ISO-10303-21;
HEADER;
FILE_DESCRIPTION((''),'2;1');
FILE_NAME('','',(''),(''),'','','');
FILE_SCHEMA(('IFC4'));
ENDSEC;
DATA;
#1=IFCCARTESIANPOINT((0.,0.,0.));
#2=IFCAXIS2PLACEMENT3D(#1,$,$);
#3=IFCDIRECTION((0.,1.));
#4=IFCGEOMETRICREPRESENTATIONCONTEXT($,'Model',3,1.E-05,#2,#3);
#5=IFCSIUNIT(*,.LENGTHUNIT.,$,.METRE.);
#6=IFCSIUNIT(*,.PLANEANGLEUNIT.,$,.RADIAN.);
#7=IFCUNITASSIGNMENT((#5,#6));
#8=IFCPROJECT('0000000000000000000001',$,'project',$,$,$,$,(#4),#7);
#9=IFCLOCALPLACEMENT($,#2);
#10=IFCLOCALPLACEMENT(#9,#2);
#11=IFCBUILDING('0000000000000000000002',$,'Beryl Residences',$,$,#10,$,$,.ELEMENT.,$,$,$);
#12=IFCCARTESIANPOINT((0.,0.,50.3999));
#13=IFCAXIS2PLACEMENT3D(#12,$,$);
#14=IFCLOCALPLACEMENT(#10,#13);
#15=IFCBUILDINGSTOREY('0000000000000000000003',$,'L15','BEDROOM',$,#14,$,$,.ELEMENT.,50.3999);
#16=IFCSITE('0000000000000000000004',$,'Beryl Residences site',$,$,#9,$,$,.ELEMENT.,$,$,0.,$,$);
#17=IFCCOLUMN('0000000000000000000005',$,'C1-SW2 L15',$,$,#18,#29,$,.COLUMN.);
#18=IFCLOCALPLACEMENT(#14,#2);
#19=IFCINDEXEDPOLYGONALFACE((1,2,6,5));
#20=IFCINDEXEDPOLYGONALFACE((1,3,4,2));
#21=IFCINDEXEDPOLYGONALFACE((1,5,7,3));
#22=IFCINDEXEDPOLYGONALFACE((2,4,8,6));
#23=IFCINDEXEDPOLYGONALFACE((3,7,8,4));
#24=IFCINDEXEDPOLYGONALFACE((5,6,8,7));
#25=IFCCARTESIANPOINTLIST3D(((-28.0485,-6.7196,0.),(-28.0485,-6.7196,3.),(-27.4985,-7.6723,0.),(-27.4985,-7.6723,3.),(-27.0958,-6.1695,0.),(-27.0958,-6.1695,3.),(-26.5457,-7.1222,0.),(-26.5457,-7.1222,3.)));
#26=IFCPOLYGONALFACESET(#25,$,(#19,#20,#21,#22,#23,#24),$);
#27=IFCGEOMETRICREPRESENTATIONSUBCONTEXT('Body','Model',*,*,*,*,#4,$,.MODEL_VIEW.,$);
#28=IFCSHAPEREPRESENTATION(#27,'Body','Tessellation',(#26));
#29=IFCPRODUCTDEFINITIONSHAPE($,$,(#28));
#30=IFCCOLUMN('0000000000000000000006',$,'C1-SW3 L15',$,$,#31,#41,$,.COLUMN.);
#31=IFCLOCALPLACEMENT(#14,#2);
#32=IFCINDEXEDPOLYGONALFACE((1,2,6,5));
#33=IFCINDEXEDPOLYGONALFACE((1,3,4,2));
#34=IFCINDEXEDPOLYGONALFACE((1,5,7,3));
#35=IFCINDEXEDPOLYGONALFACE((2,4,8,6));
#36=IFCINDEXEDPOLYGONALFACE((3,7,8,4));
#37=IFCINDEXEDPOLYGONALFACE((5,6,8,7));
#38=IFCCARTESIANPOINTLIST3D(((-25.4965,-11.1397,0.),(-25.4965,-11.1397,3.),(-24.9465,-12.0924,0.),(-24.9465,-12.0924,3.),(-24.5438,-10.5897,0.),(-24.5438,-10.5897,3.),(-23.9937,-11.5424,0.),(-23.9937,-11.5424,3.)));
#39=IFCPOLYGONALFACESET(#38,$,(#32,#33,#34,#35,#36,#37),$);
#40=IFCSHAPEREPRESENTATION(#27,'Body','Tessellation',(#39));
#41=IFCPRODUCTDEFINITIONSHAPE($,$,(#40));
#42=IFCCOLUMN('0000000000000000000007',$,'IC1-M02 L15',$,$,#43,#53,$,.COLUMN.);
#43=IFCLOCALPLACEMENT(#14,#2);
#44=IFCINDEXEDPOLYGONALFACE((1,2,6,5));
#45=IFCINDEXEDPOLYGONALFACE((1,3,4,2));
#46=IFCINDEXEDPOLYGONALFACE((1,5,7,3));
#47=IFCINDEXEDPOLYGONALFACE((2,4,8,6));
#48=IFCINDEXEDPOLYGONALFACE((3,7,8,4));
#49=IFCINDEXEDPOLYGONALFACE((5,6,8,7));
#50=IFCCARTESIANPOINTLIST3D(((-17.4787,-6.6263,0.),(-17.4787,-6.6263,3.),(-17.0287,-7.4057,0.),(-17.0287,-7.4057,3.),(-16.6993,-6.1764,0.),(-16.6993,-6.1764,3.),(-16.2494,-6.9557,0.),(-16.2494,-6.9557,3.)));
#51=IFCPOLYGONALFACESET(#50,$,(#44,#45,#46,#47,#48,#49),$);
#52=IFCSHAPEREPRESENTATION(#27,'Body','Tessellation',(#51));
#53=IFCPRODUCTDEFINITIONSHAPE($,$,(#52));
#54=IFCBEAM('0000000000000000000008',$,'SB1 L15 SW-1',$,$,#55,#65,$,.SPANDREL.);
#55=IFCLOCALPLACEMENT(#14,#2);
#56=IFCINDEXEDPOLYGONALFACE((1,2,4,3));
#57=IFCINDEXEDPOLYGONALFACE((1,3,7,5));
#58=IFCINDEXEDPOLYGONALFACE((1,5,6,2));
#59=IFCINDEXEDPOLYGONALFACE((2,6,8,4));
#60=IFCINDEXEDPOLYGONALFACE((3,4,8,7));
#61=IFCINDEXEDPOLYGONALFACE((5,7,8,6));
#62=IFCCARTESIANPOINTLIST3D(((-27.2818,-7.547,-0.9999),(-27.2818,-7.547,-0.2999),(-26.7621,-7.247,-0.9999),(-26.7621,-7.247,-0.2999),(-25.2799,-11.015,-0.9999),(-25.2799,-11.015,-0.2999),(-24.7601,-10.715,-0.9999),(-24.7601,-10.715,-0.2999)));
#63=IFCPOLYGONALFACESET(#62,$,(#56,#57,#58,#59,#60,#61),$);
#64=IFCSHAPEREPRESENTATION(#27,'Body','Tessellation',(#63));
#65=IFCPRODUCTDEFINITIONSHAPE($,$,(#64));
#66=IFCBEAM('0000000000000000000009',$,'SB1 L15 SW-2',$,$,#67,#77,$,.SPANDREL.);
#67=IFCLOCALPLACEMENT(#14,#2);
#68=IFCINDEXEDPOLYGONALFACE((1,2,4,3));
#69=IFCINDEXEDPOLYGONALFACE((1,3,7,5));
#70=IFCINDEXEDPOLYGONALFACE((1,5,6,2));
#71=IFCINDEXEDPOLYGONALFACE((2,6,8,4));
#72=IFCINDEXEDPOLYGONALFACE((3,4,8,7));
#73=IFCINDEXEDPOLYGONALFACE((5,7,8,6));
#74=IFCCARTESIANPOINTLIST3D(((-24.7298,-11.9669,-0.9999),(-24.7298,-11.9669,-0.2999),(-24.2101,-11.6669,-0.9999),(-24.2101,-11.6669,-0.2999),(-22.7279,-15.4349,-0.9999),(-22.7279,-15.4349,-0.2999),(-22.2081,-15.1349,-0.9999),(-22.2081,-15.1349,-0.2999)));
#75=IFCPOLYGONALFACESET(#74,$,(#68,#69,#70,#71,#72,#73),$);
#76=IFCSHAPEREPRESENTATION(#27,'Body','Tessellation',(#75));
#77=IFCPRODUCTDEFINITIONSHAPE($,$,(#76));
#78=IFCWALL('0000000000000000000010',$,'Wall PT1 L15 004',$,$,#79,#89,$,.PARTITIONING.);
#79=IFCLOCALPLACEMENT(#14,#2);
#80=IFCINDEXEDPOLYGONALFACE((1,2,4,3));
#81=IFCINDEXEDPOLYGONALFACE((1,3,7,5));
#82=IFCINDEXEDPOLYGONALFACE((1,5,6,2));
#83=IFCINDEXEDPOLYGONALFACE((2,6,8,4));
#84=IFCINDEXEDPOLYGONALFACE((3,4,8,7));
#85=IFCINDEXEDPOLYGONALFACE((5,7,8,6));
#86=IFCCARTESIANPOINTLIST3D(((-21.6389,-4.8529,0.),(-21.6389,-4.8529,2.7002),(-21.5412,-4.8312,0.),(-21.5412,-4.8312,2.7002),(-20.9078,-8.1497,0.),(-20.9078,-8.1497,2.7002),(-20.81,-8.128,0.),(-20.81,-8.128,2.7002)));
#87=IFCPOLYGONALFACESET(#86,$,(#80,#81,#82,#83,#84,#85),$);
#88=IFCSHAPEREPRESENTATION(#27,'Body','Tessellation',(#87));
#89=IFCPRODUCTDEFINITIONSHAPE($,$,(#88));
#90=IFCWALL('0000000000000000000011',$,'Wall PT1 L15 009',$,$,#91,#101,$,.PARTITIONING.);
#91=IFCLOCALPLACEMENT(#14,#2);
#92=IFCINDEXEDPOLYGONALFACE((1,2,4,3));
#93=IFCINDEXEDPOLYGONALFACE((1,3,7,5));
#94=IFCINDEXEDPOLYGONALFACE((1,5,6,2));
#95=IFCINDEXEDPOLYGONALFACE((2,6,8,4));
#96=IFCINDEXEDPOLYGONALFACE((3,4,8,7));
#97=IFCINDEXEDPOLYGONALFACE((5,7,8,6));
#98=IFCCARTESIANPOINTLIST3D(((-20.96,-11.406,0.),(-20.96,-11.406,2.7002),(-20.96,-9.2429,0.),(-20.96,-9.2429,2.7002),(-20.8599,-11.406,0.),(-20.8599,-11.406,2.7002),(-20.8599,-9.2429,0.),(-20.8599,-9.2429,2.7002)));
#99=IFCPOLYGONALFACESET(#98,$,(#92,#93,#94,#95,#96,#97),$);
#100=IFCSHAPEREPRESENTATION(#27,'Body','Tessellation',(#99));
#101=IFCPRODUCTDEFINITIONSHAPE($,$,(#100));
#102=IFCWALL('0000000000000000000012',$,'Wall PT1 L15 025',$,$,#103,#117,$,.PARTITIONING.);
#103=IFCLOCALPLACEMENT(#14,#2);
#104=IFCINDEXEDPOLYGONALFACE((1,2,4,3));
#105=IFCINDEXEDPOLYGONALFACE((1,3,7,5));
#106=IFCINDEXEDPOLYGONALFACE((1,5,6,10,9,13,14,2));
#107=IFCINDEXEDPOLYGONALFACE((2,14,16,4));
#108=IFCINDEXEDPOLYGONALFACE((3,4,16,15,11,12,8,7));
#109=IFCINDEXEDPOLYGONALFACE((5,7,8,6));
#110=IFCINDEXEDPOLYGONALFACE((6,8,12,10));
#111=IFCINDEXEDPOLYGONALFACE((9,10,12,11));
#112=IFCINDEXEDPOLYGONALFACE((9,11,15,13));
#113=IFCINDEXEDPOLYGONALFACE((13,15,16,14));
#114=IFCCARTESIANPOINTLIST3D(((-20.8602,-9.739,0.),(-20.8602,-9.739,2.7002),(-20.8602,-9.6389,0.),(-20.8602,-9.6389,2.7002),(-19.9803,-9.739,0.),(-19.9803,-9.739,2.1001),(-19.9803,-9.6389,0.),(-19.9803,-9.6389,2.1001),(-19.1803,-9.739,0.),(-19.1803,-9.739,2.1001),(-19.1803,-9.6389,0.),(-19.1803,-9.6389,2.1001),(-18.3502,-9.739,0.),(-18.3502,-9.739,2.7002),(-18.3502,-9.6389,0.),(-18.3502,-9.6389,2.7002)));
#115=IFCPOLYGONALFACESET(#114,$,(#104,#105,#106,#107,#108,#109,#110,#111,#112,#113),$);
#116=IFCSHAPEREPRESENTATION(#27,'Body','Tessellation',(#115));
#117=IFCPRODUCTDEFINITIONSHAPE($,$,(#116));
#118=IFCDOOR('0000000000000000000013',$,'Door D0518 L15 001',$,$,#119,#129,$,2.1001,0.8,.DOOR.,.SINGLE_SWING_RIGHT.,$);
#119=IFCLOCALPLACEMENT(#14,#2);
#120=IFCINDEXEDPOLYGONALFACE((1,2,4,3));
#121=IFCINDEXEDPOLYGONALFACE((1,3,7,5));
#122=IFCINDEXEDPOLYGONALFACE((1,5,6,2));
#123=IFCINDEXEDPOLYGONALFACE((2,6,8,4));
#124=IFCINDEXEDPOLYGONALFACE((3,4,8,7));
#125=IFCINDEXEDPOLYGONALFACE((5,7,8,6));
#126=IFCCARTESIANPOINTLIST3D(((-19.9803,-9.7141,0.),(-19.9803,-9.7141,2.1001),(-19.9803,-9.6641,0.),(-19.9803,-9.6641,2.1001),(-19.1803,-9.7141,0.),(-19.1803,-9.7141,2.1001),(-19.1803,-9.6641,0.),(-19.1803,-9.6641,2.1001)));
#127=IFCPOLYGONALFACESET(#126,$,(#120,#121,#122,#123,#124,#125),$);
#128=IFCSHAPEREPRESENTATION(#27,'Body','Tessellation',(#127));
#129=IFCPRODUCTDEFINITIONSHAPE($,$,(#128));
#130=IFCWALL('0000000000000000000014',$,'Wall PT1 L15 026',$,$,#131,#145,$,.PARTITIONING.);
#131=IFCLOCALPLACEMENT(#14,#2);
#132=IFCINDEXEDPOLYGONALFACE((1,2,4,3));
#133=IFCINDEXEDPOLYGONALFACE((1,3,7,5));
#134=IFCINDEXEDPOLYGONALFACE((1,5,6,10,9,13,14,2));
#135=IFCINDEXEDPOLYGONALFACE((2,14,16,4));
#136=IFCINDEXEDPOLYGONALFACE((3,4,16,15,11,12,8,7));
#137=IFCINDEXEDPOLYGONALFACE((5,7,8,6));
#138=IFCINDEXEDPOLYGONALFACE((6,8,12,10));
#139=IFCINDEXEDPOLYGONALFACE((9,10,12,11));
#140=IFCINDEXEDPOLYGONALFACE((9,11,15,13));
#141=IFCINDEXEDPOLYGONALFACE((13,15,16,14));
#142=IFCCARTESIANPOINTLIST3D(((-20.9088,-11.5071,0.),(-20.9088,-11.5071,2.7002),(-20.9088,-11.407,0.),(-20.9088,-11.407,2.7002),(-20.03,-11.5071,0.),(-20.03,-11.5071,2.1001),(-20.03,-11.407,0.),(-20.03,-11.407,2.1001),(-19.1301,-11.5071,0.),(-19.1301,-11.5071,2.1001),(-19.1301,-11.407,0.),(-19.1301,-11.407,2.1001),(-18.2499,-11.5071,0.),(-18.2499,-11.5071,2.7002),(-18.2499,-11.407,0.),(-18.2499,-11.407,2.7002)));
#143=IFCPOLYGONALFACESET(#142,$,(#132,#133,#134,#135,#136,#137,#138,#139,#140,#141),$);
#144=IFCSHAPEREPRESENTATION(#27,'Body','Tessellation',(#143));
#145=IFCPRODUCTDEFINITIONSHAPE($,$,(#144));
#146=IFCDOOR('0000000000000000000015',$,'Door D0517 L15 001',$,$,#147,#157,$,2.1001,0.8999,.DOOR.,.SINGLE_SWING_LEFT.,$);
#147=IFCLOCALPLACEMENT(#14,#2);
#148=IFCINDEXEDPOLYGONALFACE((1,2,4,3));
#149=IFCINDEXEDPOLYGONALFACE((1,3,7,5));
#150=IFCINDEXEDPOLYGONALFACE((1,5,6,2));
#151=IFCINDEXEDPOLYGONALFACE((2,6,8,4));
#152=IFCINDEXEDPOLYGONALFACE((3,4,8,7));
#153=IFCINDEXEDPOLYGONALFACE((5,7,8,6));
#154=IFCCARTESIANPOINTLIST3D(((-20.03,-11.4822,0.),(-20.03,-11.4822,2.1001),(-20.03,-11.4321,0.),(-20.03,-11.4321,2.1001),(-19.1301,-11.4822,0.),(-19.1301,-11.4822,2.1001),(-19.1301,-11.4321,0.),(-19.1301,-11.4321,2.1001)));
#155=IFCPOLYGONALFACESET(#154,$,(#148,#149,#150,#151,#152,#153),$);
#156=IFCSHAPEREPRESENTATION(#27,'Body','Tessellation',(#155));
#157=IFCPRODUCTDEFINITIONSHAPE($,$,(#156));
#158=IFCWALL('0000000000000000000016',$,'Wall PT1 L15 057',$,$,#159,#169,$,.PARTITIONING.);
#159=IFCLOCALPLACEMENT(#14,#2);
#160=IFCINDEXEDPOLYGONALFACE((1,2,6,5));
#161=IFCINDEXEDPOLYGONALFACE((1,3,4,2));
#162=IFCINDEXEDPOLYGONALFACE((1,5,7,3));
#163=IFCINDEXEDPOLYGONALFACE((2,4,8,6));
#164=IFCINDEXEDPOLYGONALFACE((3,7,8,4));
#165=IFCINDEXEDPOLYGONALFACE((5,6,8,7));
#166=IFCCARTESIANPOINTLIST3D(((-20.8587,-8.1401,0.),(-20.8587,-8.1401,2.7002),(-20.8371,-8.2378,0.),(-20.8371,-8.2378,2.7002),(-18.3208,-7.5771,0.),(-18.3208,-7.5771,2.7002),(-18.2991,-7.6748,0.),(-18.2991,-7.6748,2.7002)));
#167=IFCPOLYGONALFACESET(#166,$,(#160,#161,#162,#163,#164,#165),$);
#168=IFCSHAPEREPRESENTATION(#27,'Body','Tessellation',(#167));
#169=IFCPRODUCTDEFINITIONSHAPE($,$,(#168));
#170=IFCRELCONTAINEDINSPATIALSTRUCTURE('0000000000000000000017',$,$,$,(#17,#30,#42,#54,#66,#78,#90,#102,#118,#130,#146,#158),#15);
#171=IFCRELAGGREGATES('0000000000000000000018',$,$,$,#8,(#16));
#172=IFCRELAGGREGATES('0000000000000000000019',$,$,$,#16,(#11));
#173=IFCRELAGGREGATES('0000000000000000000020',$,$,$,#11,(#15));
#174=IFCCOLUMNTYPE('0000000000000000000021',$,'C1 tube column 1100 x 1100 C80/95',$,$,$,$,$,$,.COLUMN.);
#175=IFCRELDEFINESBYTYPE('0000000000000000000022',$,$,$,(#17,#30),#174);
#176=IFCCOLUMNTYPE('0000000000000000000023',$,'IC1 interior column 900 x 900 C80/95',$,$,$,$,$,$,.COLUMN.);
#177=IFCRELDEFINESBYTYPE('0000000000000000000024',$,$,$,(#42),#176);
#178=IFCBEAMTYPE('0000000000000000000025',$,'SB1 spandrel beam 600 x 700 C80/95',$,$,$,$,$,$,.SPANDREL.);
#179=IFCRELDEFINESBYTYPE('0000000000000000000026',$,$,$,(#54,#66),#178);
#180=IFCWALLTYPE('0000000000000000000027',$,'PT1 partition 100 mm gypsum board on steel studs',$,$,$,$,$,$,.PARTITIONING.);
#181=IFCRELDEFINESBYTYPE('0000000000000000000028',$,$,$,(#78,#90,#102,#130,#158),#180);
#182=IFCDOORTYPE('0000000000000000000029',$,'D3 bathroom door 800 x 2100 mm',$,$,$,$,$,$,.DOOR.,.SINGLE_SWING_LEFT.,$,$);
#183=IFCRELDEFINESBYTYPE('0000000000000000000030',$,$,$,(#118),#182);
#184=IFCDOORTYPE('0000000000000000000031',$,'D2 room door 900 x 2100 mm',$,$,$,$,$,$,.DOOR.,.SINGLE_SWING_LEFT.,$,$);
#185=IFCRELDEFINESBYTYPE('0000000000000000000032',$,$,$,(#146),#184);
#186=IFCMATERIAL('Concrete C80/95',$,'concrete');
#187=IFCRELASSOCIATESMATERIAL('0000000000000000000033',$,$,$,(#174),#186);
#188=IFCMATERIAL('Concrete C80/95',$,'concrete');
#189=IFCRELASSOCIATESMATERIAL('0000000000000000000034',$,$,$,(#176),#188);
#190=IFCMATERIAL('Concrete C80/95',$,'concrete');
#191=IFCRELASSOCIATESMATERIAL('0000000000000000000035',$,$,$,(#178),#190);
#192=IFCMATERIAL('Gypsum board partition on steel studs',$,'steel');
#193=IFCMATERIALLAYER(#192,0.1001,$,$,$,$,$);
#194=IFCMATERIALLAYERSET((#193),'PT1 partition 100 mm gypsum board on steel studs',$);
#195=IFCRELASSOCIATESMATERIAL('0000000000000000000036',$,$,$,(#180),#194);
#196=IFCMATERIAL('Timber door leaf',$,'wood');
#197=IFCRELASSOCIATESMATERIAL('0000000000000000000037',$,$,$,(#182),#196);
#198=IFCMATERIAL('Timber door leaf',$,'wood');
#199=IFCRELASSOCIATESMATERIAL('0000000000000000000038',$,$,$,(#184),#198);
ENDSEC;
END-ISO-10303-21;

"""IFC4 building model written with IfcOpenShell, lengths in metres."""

from ifc_helpers import new_model, si_unit, direction, frame, frame_2d, origin, origin_2d, place, context, subcontext, project, spatial, rectangle, extrude, material, layer, layer_set, material_profile, profile_set, type_object, element, fill, save


model = new_model("IFC4")

# Units and contexts
model_context = context("Model", 3, precision=1e-05, world=origin(), true_north=direction((0.0, 1.0)))
body_context = subcontext(model_context, "Body", "Model", "MODEL_VIEW")
ifc_project = project(units=[si_unit("LENGTHUNIT", "METRE"), si_unit("PLANEANGLEUNIT", "RADIAN")], contexts=[model_context])

# Site, building, storey
site_placement = place(None, origin())
site = spatial("IfcSite", under=ifc_project, at=site_placement, Name="Beryl Residences site", CompositionType="ELEMENT", RefElevation=0.0)
building_placement = place(site_placement, origin())
building = spatial("IfcBuilding", under=site, at=building_placement, Name="Beryl Residences", CompositionType="ELEMENT")
storey_placement = place(building_placement, frame((0.0, 0.0, 50.3999)))
storey = spatial("IfcBuildingStorey", under=building, at=storey_placement, Name="L15", Description="BEDROOM", CompositionType="ELEMENT", Elevation=50.3999)

# Columns
ifc_material_1 = material(Name="Concrete C80/95", Category="concrete")
ifc_material_profile_1 = material_profile(ifc_material_1, rectangle(XDim=1.1001, YDim=1.1001, at=origin_2d()))
ifc_profile_set_1 = profile_set([ifc_material_profile_1], Name="Concrete C80/95")
column_type_1 = type_object("IfcColumnType", Name="C1 tube column 1100 x 1100 C80/95", PredefinedType="COLUMN", material=ifc_profile_set_1)
for number, where, z_axis, x_axis, name in (
    (1, (-27.2971, -6.9209, 0.0), (0.0, 0.0, 1.0), (0.499985, -0.866034, 0.0), "C1-SW2 L15"),
    (2, (-24.7451, -11.3411, 0.0), (0.0, 0.0, 1.0), (0.499985, -0.866034, 0.0), "C1-SW3 L15"),
):
    element("IfcColumn", number, at=place(storey_placement, frame(where, z_axis=z_axis, x_axis=x_axis)), inside=storey, type_object=column_type_1, Name=name, PredefinedType="COLUMN", context=body_context, shape_type="SweptSolid", body=[
        extrude(rectangle(XDim=1.1001, YDim=1.1001, at=origin_2d()), origin(), (0.0, 0.0, 1.0), 3.0),
    ])
ifc_material_2 = material(Name="Concrete C80/95", Category="concrete")
ifc_material_profile_2 = material_profile(ifc_material_2, rectangle(XDim=0.8999, YDim=0.8999, at=origin_2d()))
ifc_profile_set_2 = profile_set([ifc_material_profile_2], Name="Concrete C80/95")
column_type_2 = type_object("IfcColumnType", Name="IC1 interior column 900 x 900 C80/95", PredefinedType="COLUMN", material=ifc_profile_set_2)
column_placement = place(storey_placement, frame((-16.864, -6.791, 0.0), z_axis=(0.0, 0.0, 1.0), x_axis=(0.499985, -0.866034, 0.0)))
element("IfcColumn", 3, at=column_placement, inside=storey, type_object=column_type_2, Name="IC1-M02 L15", PredefinedType="COLUMN", context=body_context, shape_type="SweptSolid", body=[
    extrude(rectangle(XDim=0.8999, YDim=0.8999, at=origin_2d()), origin(), (0.0, 0.0, 1.0), 3.0),
])

# Beams
ifc_material_3 = material(Name="Concrete C80/95", Category="concrete")
ifc_material_profile_3 = material_profile(ifc_material_3, rectangle(XDim=0.6001, YDim=0.7, at=origin_2d()))
ifc_profile_set_3 = profile_set([ifc_material_profile_3], Name="Concrete C80/95")
beam_type = type_object("IfcBeamType", Name="SB1 spandrel beam 600 x 700 C80/95", PredefinedType="SPANDREL", material=ifc_profile_set_3)
for number, where, z_axis, x_axis, name in (
    (4, (-27.022, -7.397, -0.6499), (0.499942, -0.866059, 0.0), (0.866059, 0.499942, 0.0), "SB1 L15 SW-1"),
    (5, (-24.47, -11.8169, -0.6499), (0.499942, -0.866059, 0.0), (0.866059, 0.499942, 0.0), "SB1 L15 SW-2"),
):
    element("IfcBeam", number, at=place(storey_placement, frame(where, z_axis=z_axis, x_axis=x_axis)), inside=storey, type_object=beam_type, Name=name, PredefinedType="SPANDREL", context=body_context, shape_type="SweptSolid", body=[
        extrude(rectangle(XDim=0.6001, YDim=0.7, at=origin_2d()), origin(), (0.0, 0.0, 1.0), 4.0044),
    ])

# Walls
ifc_material_4 = material(Name="Gypsum board partition on steel studs", Category="steel")
ifc_layer_1 = layer(ifc_material_4, 0.1001)
ifc_layer_set_1 = layer_set([ifc_layer_1], Name="PT1 partition 100 mm gypsum board on steel studs")
wall_type_1 = type_object("IfcWallType", Name="PT1 partition 100 mm gypsum board on steel studs", PredefinedType="PARTITIONING", material=ifc_layer_set_1)
wall_1_placement = place(storey_placement, frame((-21.5901, -4.842, 0.0), z_axis=(0.0, 0.0, 1.0), x_axis=(0.216525, -0.976277, 0.0)))
element("IfcWall", 6, at=wall_1_placement, inside=storey, type_object=wall_type_1, Name="Wall PT1 L15 004", PredefinedType="PARTITIONING", context=body_context, shape_type="SweptSolid", body=[
    extrude(rectangle(XDim=3.377, YDim=0.1001, at=frame_2d((1.6885, 0.0))), origin(), (0.0, 0.0, 1.0), 2.7002),
])
wall_2_placement = place(storey_placement, frame((-20.9099, -9.2429, 0.0), z_axis=(0.0, 0.0, 1.0), x_axis=(0.0, -1.0, 0.0)))
element("IfcWall", 7, at=wall_2_placement, inside=storey, type_object=wall_type_1, Name="Wall PT1 L15 009", PredefinedType="PARTITIONING", context=body_context, shape_type="SweptSolid", body=[
    extrude(rectangle(XDim=2.1631, YDim=0.1001, at=frame_2d((1.0815, 0.0))), origin(), (0.0, 0.0, 1.0), 2.7002),
])

# Walls, openings, doors
wall_3_placement = place(storey_placement, frame((-20.8601, -9.689, 0.0), z_axis=(0.0, 0.0, 1.0), x_axis=(1.0, 0.0, 0.0)))
wall_3 = element("IfcWall", 8, at=wall_3_placement, inside=storey, type_object=wall_type_1, Name="Wall PT1 L15 025", PredefinedType="PARTITIONING", context=body_context, shape_type="SweptSolid", body=[
    extrude(rectangle(XDim=2.51, YDim=0.1001, at=frame_2d((1.2549, 0.0))), origin(), (0.0, 0.0, 1.0), 2.7002),
])
opening_1_placement = place(wall_3_placement, frame((0.8799, 0.0, 0.0)))
opening_1 = element("IfcOpeningElement", 9, at=opening_1_placement, cuts=wall_3, PredefinedType="OPENING", context=body_context, shape_type="SweptSolid", body=[
    extrude(rectangle(XDim=0.8, YDim=2.1001, at=frame_2d((0.3999, 1.05))), frame((0.0, 0.0601, 0.0), z_axis=(0.0, -1.0, 0.0), x_axis=(1.0, 0.0, 0.0)), (0.0, 0.0, 1.0), 0.1201),
])
ifc_material_5 = material(Name="Timber door leaf", Category="wood")
door_type_1 = type_object("IfcDoorType", Name="D3 bathroom door 800 x 2100 mm", OperationType="SINGLE_SWING_LEFT", PredefinedType="DOOR", material=ifc_material_5)
door_1_placement = place(opening_1_placement, origin())
door_1 = element("IfcDoor", 10, at=door_1_placement, inside=storey, type_object=door_type_1, Name="Door D0518 L15 001", OperationType="SINGLE_SWING_RIGHT", OverallHeight=2.1001, OverallWidth=0.8, PredefinedType="DOOR", context=body_context, shape_type="SweptSolid", body=[
    extrude(rectangle(XDim=0.8, YDim=2.1001, at=frame_2d((0.3999, 1.05))), frame((0.0, 0.0249, 0.0), z_axis=(0.0, -1.0, 0.0), x_axis=(1.0, 0.0, 0.0)), (0.0, 0.0, 1.0), 0.05),
])
fill(opening_1, door_1)
wall_4_placement = place(storey_placement, frame((-20.9089, -11.457, 0.0), z_axis=(0.0, 0.0, 1.0), x_axis=(1.0, 0.0, 0.0)))
wall_4 = element("IfcWall", 11, at=wall_4_placement, inside=storey, type_object=wall_type_1, Name="Wall PT1 L15 026", PredefinedType="PARTITIONING", context=body_context, shape_type="SweptSolid", body=[
    extrude(rectangle(XDim=2.6589, YDim=0.1001, at=frame_2d((1.3296, 0.0))), origin(), (0.0, 0.0, 1.0), 2.7002),
])
opening_2_placement = place(wall_4_placement, frame((0.8789, 0.0, 0.0)))
opening_2 = element("IfcOpeningElement", 12, at=opening_2_placement, cuts=wall_4, PredefinedType="OPENING", context=body_context, shape_type="SweptSolid", body=[
    extrude(rectangle(XDim=0.8999, YDim=2.1001, at=frame_2d((0.45, 1.05))), frame((0.0, 0.0601, 0.0), z_axis=(0.0, -1.0, 0.0), x_axis=(1.0, 0.0, 0.0)), (0.0, 0.0, 1.0), 0.1201),
])
ifc_material_6 = material(Name="Timber door leaf", Category="wood")
door_type_2 = type_object("IfcDoorType", Name="D2 room door 900 x 2100 mm", OperationType="SINGLE_SWING_LEFT", PredefinedType="DOOR", material=ifc_material_6)
door_2_placement = place(opening_2_placement, origin())
door_2 = element("IfcDoor", 13, at=door_2_placement, inside=storey, type_object=door_type_2, Name="Door D0517 L15 001", OperationType="SINGLE_SWING_LEFT", OverallHeight=2.1001, OverallWidth=0.8999, PredefinedType="DOOR", context=body_context, shape_type="SweptSolid", body=[
    extrude(rectangle(XDim=0.8999, YDim=2.1001, at=frame_2d((0.45, 1.05))), frame((0.0, 0.0249, 0.0), z_axis=(0.0, -1.0, 0.0), x_axis=(1.0, 0.0, 0.0)), (0.0, 0.0, 1.0), 0.05),
])
fill(opening_2, door_2)

# Wall
wall_5_placement = place(storey_placement, frame((-20.8479, -8.189, 0.0), z_axis=(0.0, 0.0, 1.0), x_axis=(0.976267, 0.216572, 0.0)))
element("IfcWall", 14, at=wall_5_placement, inside=storey, type_object=wall_type_1, Name="Wall PT1 L15 057", PredefinedType="PARTITIONING", context=body_context, shape_type="SweptSolid", body=[
    extrude(rectangle(XDim=2.5996, YDim=0.1001, at=frame_2d((1.2998, 0.0))), origin(), (0.0, 0.0, 1.0), 2.7002),
])

save(model, "model.ifc")
